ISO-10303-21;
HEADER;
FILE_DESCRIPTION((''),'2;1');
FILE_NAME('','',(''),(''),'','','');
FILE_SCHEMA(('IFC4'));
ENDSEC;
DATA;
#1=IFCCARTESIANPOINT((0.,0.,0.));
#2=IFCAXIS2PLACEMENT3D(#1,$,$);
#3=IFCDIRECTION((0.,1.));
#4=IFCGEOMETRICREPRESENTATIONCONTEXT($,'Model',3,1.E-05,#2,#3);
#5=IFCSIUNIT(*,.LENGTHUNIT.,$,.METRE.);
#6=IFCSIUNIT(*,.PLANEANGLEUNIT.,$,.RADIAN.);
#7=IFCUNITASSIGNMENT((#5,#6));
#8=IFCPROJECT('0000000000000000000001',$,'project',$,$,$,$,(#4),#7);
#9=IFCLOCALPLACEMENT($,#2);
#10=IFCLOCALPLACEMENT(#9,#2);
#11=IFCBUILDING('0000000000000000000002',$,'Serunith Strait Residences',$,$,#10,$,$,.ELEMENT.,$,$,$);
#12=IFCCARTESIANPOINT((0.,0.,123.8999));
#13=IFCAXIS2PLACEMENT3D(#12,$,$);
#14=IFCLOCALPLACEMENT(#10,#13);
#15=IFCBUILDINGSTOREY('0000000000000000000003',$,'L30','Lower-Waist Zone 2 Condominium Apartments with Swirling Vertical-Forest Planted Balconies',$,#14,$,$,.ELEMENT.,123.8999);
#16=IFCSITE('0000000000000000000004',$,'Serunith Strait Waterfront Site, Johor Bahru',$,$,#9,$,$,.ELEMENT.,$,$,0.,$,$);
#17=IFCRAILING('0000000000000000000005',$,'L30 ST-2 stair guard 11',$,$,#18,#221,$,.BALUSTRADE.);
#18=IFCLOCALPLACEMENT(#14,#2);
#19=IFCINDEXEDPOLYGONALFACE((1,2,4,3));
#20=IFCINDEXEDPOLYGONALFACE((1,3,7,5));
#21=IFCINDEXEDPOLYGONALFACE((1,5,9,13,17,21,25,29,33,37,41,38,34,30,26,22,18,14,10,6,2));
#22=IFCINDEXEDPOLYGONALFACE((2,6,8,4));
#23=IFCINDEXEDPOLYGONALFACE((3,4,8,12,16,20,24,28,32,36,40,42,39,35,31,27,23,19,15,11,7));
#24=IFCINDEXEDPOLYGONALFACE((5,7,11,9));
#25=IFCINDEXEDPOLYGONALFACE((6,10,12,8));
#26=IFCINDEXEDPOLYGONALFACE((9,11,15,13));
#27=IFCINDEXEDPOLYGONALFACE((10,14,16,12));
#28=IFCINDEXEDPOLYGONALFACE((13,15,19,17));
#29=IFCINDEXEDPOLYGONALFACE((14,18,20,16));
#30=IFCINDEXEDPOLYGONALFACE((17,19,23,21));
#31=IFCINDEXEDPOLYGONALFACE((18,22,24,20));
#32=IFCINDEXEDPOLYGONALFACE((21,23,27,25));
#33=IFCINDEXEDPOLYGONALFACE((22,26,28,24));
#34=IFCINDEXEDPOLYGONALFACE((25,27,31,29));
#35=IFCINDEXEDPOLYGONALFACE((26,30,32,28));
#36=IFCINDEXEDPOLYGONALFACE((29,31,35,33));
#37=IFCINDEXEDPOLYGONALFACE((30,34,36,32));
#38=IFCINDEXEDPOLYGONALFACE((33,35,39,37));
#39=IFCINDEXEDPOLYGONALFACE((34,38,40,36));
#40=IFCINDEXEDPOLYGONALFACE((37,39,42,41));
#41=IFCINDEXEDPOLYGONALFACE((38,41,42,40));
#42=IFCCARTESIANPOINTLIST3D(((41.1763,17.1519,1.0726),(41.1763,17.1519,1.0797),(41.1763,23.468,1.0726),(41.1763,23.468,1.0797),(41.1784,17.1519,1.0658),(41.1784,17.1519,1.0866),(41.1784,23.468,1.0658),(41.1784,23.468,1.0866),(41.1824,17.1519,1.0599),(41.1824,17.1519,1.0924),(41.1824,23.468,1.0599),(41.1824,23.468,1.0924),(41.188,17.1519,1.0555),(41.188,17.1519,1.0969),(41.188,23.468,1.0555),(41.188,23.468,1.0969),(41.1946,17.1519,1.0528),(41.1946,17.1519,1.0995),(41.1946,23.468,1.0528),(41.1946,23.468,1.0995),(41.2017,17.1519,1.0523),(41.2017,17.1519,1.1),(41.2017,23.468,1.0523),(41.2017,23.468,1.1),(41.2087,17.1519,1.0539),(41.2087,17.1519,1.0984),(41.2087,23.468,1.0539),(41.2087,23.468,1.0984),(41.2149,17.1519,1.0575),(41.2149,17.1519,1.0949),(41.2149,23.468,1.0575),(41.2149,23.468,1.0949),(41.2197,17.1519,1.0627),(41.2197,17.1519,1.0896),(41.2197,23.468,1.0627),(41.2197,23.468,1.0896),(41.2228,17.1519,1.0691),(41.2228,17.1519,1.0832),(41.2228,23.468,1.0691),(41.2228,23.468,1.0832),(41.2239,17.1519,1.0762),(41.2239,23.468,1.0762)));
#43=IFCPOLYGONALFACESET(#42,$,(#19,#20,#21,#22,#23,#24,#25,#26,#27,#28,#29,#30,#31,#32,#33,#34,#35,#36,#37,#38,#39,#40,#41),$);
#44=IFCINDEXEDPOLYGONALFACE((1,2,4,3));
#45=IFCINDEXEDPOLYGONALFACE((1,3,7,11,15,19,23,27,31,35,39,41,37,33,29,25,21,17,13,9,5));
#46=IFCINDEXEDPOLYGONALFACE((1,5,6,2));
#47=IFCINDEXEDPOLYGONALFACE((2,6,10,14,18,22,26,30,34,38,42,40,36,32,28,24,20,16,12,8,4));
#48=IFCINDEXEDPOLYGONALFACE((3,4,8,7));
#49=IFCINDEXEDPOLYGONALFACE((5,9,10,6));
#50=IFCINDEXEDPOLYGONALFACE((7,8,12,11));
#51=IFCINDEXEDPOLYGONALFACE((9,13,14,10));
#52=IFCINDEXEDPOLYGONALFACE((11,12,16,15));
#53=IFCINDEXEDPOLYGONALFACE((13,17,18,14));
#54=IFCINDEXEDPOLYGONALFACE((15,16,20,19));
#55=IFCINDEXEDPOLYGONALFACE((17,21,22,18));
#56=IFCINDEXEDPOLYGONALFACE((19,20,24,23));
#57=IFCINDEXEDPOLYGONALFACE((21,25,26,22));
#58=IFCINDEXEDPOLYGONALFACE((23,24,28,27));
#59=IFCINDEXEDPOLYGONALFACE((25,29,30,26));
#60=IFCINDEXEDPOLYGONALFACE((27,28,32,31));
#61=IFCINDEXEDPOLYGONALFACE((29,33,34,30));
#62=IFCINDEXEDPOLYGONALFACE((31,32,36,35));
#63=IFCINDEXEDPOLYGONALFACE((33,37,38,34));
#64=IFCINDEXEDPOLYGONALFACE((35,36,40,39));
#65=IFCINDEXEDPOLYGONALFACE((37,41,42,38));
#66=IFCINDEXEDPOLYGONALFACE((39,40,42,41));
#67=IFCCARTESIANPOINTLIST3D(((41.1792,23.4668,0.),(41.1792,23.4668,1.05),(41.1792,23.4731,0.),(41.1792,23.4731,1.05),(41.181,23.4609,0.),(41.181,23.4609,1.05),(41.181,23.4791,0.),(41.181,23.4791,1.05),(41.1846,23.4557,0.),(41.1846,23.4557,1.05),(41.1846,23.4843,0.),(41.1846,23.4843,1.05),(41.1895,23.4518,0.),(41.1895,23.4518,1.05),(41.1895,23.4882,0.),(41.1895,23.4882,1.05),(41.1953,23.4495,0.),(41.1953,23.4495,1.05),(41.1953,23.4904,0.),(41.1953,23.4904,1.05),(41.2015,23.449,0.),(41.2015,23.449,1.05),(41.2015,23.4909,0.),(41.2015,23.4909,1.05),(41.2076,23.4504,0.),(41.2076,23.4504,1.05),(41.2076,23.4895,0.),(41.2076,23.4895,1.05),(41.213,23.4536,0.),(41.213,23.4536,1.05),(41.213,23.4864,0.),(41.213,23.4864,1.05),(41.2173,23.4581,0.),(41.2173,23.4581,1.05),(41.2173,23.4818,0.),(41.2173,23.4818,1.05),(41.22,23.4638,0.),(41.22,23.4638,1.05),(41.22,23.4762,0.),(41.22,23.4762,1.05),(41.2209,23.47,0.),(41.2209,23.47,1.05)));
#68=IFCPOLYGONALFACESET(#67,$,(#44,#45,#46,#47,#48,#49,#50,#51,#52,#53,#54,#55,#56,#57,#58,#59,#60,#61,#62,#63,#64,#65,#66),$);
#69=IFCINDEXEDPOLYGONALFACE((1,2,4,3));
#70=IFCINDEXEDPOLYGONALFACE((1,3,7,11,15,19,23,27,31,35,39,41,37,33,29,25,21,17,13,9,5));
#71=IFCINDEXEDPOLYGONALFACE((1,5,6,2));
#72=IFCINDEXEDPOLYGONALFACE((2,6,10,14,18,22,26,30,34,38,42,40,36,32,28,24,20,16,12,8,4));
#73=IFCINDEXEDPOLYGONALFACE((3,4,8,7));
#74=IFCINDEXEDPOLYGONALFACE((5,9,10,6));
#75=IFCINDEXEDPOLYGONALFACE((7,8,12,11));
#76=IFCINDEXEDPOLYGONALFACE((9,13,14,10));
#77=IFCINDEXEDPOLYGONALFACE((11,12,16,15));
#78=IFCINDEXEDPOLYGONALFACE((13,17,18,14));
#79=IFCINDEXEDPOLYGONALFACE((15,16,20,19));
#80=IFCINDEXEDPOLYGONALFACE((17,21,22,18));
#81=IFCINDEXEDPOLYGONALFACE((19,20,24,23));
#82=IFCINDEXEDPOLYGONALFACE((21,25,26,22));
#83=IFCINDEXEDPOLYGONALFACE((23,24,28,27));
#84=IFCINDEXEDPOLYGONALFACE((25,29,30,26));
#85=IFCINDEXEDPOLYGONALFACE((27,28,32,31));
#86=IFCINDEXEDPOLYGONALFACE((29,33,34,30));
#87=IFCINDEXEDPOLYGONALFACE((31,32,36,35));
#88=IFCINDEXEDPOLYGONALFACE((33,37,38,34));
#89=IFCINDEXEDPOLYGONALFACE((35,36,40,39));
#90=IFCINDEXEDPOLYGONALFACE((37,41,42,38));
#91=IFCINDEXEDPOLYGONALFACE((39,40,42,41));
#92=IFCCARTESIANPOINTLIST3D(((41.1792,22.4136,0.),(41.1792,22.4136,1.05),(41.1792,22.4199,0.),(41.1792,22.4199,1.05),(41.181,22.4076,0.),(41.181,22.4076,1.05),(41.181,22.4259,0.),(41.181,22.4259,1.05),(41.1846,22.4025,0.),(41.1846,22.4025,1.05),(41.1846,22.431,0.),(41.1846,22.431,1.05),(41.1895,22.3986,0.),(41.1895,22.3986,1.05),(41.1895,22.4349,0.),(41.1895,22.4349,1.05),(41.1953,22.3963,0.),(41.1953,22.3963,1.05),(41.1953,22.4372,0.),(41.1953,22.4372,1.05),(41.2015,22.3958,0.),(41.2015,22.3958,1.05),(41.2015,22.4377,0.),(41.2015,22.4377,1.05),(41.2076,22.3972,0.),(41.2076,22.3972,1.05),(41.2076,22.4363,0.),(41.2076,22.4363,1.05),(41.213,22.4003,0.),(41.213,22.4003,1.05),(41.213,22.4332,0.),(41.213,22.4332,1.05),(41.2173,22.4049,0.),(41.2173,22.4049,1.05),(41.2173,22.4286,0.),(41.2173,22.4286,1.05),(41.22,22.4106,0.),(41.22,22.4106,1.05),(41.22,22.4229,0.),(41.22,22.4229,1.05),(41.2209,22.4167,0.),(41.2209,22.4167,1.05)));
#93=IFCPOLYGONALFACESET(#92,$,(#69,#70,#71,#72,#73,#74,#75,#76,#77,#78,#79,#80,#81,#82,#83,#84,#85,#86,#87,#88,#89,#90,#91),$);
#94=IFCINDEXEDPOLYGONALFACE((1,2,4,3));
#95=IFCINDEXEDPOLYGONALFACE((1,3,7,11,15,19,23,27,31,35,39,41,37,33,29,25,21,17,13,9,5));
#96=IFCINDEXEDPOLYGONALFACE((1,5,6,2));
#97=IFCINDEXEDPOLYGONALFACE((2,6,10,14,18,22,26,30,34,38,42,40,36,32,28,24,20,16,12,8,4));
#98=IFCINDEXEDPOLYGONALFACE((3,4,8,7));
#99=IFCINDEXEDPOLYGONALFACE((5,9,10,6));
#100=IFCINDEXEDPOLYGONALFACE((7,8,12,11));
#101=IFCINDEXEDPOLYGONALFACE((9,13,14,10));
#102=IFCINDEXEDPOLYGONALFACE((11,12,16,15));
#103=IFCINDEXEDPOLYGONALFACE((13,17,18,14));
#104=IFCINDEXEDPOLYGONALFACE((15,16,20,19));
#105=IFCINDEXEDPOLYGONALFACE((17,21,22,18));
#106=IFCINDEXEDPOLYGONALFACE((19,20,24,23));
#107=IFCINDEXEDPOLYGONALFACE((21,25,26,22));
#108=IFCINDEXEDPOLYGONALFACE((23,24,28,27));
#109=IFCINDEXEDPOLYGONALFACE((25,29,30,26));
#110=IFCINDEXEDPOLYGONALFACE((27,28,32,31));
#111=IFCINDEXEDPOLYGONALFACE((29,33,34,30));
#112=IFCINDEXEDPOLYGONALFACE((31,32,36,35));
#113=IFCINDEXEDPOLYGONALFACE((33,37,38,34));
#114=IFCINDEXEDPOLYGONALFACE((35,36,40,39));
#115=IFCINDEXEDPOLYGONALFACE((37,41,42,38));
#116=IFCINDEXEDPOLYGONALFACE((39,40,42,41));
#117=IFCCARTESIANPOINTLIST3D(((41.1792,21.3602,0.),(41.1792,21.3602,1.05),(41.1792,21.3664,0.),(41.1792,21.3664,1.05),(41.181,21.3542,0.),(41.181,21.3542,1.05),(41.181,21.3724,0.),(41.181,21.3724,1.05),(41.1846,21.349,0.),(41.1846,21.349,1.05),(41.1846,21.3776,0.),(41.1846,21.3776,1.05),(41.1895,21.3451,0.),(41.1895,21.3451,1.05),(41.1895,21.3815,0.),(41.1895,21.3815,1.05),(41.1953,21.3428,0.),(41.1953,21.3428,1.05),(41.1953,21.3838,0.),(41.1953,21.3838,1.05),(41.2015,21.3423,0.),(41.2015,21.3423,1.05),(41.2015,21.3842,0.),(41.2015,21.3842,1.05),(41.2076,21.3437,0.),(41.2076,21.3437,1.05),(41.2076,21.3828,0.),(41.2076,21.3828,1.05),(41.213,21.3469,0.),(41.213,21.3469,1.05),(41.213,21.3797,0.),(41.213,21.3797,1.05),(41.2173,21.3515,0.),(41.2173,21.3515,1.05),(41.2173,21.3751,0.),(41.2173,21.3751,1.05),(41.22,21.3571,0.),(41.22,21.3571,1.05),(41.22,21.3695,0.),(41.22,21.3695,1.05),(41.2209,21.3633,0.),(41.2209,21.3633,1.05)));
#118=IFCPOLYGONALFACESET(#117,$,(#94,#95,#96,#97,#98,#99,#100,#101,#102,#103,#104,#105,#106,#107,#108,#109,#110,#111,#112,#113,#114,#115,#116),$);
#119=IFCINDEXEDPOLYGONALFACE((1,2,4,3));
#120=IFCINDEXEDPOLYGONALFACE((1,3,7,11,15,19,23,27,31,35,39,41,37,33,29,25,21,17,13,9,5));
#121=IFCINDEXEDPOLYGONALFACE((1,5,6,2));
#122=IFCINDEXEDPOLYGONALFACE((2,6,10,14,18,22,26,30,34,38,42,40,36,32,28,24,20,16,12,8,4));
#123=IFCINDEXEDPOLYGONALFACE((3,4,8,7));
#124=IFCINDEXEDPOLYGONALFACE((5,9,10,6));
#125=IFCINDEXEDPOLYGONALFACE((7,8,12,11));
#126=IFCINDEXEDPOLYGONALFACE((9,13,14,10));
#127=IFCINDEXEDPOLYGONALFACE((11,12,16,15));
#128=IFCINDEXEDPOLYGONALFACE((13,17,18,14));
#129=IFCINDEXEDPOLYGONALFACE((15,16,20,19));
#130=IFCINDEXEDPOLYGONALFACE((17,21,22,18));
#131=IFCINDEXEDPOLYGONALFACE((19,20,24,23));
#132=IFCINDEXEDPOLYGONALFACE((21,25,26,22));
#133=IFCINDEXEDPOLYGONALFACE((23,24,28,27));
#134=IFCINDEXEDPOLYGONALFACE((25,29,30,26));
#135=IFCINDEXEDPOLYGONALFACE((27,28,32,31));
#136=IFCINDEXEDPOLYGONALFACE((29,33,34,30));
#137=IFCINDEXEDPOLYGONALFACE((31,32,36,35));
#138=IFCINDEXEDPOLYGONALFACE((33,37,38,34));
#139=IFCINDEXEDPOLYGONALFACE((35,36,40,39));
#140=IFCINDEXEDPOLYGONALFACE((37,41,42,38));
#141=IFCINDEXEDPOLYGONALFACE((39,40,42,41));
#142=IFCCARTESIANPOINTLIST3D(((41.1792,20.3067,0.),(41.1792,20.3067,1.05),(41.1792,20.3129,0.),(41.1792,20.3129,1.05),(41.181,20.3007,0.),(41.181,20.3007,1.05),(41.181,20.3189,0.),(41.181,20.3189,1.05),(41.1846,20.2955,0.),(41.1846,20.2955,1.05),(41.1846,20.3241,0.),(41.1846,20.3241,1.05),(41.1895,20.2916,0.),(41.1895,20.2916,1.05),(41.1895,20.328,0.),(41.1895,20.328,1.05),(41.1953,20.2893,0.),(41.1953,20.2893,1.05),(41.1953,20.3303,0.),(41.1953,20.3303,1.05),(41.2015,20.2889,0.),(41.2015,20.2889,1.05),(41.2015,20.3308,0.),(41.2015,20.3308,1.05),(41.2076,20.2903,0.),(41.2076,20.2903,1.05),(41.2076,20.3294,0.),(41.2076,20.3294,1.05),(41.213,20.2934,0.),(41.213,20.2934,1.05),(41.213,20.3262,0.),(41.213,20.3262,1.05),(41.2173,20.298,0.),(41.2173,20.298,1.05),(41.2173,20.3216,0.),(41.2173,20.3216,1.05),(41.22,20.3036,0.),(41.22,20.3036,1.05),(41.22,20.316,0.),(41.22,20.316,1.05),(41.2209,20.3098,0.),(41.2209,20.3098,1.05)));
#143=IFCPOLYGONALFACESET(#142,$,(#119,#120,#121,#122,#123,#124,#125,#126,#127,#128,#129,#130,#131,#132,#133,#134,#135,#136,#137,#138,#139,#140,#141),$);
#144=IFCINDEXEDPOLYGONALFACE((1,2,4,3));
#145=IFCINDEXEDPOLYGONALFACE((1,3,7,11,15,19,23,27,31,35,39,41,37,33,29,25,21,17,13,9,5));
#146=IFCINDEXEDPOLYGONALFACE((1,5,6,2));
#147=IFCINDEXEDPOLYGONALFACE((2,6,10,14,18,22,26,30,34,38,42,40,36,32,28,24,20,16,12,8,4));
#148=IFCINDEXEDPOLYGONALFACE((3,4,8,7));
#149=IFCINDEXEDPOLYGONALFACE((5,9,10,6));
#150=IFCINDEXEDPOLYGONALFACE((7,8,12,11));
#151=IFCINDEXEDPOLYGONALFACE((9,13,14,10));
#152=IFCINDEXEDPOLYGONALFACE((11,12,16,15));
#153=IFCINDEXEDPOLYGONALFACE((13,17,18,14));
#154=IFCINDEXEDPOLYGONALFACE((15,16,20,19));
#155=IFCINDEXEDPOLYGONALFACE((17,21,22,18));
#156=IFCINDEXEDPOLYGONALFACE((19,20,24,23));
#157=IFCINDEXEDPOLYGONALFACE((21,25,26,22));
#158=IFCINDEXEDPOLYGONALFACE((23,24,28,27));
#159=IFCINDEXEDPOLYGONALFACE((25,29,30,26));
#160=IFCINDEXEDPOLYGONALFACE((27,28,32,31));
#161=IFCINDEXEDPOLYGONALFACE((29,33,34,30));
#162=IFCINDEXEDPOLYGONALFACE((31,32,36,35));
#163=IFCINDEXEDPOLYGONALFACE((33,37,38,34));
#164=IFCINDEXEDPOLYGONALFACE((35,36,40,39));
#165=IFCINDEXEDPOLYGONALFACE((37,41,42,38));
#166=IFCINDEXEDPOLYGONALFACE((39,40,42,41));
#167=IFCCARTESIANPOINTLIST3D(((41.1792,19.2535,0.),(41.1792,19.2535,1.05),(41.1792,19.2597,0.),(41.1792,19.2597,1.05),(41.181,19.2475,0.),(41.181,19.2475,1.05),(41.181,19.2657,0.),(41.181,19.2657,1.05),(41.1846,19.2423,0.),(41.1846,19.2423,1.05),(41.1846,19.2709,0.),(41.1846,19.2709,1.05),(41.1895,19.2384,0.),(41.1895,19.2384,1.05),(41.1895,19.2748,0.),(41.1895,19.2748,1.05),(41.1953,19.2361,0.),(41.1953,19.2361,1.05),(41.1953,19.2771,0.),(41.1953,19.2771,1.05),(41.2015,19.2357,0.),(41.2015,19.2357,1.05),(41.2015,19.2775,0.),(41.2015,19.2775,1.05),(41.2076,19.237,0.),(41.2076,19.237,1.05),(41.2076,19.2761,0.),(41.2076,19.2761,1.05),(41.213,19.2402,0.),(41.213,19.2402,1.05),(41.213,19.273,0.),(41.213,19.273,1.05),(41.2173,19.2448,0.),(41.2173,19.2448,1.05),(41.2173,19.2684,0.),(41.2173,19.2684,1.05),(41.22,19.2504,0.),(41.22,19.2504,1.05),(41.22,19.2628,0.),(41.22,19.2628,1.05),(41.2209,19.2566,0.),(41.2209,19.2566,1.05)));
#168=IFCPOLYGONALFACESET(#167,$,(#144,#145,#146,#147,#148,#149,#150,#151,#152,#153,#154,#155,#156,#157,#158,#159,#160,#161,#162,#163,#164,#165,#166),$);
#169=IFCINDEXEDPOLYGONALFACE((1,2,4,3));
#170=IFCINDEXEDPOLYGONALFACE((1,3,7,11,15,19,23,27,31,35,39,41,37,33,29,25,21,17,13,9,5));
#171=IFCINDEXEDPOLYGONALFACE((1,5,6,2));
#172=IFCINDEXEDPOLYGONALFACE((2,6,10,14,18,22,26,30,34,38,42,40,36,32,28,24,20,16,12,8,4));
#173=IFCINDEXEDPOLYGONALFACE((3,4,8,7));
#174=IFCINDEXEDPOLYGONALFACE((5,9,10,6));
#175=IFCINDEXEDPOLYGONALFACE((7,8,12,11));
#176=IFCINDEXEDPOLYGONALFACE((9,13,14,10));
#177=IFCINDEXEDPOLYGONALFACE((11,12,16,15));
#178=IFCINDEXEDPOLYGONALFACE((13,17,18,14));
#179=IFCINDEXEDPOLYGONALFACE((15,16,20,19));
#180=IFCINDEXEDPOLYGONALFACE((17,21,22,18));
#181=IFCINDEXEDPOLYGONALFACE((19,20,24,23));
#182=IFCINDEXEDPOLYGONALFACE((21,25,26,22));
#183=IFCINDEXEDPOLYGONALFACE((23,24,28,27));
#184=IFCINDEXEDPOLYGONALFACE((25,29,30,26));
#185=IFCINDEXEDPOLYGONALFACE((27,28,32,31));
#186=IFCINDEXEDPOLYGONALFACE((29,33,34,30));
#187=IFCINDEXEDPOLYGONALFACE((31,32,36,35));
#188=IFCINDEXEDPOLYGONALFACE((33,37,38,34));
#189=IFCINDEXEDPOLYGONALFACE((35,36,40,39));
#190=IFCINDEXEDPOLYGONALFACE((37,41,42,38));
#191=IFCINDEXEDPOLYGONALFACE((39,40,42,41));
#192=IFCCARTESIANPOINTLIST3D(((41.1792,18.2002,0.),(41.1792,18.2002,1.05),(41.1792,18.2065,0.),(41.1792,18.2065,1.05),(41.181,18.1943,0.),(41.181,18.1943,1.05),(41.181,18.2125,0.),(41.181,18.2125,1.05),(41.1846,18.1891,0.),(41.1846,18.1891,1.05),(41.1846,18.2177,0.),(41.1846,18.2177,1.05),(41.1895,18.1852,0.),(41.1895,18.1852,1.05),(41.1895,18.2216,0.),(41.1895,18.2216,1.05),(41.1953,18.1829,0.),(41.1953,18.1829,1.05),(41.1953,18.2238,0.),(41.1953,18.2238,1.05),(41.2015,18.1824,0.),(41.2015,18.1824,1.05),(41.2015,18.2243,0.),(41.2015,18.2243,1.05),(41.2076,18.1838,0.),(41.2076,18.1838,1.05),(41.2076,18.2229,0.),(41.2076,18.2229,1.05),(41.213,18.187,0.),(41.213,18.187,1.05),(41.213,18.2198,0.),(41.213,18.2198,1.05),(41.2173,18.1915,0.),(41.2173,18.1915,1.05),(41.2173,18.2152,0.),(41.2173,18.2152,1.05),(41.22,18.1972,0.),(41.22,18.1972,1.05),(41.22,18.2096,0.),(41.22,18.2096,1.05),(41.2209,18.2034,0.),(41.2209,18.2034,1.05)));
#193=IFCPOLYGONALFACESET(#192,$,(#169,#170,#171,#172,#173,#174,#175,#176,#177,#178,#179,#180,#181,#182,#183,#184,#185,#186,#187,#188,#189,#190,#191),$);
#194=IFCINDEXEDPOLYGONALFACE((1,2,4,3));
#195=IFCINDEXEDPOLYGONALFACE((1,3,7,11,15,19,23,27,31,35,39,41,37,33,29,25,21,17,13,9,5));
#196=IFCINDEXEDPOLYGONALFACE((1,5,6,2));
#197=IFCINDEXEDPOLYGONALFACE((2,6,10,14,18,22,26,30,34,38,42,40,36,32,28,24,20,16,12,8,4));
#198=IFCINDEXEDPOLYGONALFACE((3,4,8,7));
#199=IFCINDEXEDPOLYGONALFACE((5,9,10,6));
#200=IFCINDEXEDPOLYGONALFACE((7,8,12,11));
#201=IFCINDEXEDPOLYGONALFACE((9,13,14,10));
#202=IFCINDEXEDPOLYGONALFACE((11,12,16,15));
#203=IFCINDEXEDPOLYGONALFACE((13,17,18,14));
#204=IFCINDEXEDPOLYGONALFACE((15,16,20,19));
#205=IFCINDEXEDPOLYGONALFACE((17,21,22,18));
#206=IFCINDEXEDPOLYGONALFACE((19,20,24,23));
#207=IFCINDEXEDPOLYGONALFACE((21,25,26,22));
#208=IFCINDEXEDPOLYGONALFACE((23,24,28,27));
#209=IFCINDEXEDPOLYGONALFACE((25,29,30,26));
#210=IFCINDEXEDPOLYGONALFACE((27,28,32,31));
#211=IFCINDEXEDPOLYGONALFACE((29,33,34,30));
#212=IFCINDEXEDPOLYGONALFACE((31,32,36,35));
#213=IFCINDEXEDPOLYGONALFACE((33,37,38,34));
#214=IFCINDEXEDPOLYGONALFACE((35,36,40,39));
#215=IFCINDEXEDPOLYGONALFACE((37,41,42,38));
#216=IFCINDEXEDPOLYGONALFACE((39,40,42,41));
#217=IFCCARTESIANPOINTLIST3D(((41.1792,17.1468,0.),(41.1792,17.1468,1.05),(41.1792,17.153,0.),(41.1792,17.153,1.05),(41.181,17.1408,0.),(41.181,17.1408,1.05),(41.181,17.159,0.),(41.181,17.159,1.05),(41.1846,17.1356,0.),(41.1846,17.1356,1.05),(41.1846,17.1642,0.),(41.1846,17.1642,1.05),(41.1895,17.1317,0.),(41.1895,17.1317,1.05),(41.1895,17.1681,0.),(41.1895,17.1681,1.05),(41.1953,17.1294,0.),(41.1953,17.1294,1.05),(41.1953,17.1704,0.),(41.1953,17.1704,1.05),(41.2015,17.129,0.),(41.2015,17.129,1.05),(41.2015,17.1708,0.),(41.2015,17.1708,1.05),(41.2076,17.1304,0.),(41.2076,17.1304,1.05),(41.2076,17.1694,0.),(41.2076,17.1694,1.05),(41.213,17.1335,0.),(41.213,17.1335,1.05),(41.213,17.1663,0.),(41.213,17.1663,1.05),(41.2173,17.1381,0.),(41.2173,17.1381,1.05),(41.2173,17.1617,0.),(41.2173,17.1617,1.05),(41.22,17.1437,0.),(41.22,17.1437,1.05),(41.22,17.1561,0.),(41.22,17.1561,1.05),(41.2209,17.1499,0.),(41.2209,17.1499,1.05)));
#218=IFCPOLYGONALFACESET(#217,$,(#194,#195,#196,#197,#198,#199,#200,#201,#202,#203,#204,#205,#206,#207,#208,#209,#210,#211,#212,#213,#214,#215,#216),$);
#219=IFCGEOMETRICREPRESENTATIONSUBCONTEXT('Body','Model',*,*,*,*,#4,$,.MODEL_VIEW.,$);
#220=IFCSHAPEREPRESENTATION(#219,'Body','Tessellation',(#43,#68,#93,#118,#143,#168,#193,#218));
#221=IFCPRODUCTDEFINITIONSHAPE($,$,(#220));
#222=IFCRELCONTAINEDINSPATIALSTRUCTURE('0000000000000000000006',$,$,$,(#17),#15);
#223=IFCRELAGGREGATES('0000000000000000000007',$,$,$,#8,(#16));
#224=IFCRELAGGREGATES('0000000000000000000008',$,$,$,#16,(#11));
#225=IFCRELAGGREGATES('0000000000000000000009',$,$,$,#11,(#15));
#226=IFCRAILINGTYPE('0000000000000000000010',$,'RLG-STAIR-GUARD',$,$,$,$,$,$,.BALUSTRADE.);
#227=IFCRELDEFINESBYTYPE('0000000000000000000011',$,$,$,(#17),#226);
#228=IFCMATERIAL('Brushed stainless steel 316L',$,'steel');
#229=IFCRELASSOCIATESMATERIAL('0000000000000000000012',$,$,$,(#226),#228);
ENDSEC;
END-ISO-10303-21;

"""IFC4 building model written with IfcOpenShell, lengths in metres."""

from ifc_helpers import new_model, si_unit, direction, frame, origin, origin_2d, place, context, subcontext, project, spatial, circle, extrude, material, type_object, element, save


model = new_model("IFC4")

# Units and contexts
model_context = context("Model", 3, precision=1e-05, world=origin(), true_north=direction((0.0, 1.0)))
body_context = subcontext(model_context, "Body", "Model", "MODEL_VIEW")
ifc_project = project(units=[si_unit("LENGTHUNIT", "METRE"), si_unit("PLANEANGLEUNIT", "RADIAN")], contexts=[model_context])

# Site, building, storey
site_placement = place(None, origin())
site = spatial("IfcSite", under=ifc_project, at=site_placement, Name="Serunith Strait Waterfront Site, Johor Bahru", CompositionType="ELEMENT", RefElevation=0.0)
building_placement = place(site_placement, origin())
building = spatial("IfcBuilding", under=site, at=building_placement, Name="Serunith Strait Residences", CompositionType="ELEMENT")
storey_placement = place(building_placement, frame((0.0, 0.0, 123.8999)))
storey = spatial("IfcBuildingStorey", under=building, at=storey_placement, Name="L30", Description="Lower-Waist Zone 2 Condominium Apartments with Swirling Vertical-Forest Planted Balconies", CompositionType="ELEMENT", Elevation=123.8999)

# Railing
ifc_material_1 = material(Name="Brushed stainless steel 316L", Category="steel")
railing_type = type_object("IfcRailingType", Name="RLG-STAIR-GUARD", PredefinedType="BALUSTRADE", material=ifc_material_1)
railing_placement = place(storey_placement, frame((41.2, 23.47, 0.0)))
element("IfcRailing", 1, at=railing_placement, inside=storey, type_object=railing_type, Name="L30 ST-2 stair guard 11", PredefinedType="BALUSTRADE", context=body_context, shape_type="SweptSolid", body=[
    extrude(circle(Radius=0.0239, at=origin_2d()), frame((0.0, -0.002, 1.0762), z_axis=(0.0, -1.0, 0.0), x_axis=(1.0, 0.0, 0.0)), (0.0, 0.0, 1.0), 6.3162),
    extrude(circle(Radius=0.021, at=origin_2d()), origin(), (0.0, 0.0, 1.0), 1.05),
    extrude(circle(Radius=0.021, at=origin_2d()), frame((0.0, -1.0532, 0.0)), (0.0, 0.0, 1.0), 1.05),
    extrude(circle(Radius=0.021, at=origin_2d()), frame((0.0, -2.1067, 0.0)), (0.0, 0.0, 1.0), 1.05),
    extrude(circle(Radius=0.021, at=origin_2d()), frame((0.0, -3.1602, 0.0)), (0.0, 0.0, 1.0), 1.05),
    extrude(circle(Radius=0.021, at=origin_2d()), frame((0.0, -4.2134, 0.0)), (0.0, 0.0, 1.0), 1.05),
    extrude(circle(Radius=0.021, at=origin_2d()), frame((0.0, -5.2666, 0.0)), (0.0, 0.0, 1.0), 1.05),
    extrude(circle(Radius=0.021, at=origin_2d()), frame((0.0, -6.3201, 0.0)), (0.0, 0.0, 1.0), 1.05),
])

save(model, "model.ifc")
